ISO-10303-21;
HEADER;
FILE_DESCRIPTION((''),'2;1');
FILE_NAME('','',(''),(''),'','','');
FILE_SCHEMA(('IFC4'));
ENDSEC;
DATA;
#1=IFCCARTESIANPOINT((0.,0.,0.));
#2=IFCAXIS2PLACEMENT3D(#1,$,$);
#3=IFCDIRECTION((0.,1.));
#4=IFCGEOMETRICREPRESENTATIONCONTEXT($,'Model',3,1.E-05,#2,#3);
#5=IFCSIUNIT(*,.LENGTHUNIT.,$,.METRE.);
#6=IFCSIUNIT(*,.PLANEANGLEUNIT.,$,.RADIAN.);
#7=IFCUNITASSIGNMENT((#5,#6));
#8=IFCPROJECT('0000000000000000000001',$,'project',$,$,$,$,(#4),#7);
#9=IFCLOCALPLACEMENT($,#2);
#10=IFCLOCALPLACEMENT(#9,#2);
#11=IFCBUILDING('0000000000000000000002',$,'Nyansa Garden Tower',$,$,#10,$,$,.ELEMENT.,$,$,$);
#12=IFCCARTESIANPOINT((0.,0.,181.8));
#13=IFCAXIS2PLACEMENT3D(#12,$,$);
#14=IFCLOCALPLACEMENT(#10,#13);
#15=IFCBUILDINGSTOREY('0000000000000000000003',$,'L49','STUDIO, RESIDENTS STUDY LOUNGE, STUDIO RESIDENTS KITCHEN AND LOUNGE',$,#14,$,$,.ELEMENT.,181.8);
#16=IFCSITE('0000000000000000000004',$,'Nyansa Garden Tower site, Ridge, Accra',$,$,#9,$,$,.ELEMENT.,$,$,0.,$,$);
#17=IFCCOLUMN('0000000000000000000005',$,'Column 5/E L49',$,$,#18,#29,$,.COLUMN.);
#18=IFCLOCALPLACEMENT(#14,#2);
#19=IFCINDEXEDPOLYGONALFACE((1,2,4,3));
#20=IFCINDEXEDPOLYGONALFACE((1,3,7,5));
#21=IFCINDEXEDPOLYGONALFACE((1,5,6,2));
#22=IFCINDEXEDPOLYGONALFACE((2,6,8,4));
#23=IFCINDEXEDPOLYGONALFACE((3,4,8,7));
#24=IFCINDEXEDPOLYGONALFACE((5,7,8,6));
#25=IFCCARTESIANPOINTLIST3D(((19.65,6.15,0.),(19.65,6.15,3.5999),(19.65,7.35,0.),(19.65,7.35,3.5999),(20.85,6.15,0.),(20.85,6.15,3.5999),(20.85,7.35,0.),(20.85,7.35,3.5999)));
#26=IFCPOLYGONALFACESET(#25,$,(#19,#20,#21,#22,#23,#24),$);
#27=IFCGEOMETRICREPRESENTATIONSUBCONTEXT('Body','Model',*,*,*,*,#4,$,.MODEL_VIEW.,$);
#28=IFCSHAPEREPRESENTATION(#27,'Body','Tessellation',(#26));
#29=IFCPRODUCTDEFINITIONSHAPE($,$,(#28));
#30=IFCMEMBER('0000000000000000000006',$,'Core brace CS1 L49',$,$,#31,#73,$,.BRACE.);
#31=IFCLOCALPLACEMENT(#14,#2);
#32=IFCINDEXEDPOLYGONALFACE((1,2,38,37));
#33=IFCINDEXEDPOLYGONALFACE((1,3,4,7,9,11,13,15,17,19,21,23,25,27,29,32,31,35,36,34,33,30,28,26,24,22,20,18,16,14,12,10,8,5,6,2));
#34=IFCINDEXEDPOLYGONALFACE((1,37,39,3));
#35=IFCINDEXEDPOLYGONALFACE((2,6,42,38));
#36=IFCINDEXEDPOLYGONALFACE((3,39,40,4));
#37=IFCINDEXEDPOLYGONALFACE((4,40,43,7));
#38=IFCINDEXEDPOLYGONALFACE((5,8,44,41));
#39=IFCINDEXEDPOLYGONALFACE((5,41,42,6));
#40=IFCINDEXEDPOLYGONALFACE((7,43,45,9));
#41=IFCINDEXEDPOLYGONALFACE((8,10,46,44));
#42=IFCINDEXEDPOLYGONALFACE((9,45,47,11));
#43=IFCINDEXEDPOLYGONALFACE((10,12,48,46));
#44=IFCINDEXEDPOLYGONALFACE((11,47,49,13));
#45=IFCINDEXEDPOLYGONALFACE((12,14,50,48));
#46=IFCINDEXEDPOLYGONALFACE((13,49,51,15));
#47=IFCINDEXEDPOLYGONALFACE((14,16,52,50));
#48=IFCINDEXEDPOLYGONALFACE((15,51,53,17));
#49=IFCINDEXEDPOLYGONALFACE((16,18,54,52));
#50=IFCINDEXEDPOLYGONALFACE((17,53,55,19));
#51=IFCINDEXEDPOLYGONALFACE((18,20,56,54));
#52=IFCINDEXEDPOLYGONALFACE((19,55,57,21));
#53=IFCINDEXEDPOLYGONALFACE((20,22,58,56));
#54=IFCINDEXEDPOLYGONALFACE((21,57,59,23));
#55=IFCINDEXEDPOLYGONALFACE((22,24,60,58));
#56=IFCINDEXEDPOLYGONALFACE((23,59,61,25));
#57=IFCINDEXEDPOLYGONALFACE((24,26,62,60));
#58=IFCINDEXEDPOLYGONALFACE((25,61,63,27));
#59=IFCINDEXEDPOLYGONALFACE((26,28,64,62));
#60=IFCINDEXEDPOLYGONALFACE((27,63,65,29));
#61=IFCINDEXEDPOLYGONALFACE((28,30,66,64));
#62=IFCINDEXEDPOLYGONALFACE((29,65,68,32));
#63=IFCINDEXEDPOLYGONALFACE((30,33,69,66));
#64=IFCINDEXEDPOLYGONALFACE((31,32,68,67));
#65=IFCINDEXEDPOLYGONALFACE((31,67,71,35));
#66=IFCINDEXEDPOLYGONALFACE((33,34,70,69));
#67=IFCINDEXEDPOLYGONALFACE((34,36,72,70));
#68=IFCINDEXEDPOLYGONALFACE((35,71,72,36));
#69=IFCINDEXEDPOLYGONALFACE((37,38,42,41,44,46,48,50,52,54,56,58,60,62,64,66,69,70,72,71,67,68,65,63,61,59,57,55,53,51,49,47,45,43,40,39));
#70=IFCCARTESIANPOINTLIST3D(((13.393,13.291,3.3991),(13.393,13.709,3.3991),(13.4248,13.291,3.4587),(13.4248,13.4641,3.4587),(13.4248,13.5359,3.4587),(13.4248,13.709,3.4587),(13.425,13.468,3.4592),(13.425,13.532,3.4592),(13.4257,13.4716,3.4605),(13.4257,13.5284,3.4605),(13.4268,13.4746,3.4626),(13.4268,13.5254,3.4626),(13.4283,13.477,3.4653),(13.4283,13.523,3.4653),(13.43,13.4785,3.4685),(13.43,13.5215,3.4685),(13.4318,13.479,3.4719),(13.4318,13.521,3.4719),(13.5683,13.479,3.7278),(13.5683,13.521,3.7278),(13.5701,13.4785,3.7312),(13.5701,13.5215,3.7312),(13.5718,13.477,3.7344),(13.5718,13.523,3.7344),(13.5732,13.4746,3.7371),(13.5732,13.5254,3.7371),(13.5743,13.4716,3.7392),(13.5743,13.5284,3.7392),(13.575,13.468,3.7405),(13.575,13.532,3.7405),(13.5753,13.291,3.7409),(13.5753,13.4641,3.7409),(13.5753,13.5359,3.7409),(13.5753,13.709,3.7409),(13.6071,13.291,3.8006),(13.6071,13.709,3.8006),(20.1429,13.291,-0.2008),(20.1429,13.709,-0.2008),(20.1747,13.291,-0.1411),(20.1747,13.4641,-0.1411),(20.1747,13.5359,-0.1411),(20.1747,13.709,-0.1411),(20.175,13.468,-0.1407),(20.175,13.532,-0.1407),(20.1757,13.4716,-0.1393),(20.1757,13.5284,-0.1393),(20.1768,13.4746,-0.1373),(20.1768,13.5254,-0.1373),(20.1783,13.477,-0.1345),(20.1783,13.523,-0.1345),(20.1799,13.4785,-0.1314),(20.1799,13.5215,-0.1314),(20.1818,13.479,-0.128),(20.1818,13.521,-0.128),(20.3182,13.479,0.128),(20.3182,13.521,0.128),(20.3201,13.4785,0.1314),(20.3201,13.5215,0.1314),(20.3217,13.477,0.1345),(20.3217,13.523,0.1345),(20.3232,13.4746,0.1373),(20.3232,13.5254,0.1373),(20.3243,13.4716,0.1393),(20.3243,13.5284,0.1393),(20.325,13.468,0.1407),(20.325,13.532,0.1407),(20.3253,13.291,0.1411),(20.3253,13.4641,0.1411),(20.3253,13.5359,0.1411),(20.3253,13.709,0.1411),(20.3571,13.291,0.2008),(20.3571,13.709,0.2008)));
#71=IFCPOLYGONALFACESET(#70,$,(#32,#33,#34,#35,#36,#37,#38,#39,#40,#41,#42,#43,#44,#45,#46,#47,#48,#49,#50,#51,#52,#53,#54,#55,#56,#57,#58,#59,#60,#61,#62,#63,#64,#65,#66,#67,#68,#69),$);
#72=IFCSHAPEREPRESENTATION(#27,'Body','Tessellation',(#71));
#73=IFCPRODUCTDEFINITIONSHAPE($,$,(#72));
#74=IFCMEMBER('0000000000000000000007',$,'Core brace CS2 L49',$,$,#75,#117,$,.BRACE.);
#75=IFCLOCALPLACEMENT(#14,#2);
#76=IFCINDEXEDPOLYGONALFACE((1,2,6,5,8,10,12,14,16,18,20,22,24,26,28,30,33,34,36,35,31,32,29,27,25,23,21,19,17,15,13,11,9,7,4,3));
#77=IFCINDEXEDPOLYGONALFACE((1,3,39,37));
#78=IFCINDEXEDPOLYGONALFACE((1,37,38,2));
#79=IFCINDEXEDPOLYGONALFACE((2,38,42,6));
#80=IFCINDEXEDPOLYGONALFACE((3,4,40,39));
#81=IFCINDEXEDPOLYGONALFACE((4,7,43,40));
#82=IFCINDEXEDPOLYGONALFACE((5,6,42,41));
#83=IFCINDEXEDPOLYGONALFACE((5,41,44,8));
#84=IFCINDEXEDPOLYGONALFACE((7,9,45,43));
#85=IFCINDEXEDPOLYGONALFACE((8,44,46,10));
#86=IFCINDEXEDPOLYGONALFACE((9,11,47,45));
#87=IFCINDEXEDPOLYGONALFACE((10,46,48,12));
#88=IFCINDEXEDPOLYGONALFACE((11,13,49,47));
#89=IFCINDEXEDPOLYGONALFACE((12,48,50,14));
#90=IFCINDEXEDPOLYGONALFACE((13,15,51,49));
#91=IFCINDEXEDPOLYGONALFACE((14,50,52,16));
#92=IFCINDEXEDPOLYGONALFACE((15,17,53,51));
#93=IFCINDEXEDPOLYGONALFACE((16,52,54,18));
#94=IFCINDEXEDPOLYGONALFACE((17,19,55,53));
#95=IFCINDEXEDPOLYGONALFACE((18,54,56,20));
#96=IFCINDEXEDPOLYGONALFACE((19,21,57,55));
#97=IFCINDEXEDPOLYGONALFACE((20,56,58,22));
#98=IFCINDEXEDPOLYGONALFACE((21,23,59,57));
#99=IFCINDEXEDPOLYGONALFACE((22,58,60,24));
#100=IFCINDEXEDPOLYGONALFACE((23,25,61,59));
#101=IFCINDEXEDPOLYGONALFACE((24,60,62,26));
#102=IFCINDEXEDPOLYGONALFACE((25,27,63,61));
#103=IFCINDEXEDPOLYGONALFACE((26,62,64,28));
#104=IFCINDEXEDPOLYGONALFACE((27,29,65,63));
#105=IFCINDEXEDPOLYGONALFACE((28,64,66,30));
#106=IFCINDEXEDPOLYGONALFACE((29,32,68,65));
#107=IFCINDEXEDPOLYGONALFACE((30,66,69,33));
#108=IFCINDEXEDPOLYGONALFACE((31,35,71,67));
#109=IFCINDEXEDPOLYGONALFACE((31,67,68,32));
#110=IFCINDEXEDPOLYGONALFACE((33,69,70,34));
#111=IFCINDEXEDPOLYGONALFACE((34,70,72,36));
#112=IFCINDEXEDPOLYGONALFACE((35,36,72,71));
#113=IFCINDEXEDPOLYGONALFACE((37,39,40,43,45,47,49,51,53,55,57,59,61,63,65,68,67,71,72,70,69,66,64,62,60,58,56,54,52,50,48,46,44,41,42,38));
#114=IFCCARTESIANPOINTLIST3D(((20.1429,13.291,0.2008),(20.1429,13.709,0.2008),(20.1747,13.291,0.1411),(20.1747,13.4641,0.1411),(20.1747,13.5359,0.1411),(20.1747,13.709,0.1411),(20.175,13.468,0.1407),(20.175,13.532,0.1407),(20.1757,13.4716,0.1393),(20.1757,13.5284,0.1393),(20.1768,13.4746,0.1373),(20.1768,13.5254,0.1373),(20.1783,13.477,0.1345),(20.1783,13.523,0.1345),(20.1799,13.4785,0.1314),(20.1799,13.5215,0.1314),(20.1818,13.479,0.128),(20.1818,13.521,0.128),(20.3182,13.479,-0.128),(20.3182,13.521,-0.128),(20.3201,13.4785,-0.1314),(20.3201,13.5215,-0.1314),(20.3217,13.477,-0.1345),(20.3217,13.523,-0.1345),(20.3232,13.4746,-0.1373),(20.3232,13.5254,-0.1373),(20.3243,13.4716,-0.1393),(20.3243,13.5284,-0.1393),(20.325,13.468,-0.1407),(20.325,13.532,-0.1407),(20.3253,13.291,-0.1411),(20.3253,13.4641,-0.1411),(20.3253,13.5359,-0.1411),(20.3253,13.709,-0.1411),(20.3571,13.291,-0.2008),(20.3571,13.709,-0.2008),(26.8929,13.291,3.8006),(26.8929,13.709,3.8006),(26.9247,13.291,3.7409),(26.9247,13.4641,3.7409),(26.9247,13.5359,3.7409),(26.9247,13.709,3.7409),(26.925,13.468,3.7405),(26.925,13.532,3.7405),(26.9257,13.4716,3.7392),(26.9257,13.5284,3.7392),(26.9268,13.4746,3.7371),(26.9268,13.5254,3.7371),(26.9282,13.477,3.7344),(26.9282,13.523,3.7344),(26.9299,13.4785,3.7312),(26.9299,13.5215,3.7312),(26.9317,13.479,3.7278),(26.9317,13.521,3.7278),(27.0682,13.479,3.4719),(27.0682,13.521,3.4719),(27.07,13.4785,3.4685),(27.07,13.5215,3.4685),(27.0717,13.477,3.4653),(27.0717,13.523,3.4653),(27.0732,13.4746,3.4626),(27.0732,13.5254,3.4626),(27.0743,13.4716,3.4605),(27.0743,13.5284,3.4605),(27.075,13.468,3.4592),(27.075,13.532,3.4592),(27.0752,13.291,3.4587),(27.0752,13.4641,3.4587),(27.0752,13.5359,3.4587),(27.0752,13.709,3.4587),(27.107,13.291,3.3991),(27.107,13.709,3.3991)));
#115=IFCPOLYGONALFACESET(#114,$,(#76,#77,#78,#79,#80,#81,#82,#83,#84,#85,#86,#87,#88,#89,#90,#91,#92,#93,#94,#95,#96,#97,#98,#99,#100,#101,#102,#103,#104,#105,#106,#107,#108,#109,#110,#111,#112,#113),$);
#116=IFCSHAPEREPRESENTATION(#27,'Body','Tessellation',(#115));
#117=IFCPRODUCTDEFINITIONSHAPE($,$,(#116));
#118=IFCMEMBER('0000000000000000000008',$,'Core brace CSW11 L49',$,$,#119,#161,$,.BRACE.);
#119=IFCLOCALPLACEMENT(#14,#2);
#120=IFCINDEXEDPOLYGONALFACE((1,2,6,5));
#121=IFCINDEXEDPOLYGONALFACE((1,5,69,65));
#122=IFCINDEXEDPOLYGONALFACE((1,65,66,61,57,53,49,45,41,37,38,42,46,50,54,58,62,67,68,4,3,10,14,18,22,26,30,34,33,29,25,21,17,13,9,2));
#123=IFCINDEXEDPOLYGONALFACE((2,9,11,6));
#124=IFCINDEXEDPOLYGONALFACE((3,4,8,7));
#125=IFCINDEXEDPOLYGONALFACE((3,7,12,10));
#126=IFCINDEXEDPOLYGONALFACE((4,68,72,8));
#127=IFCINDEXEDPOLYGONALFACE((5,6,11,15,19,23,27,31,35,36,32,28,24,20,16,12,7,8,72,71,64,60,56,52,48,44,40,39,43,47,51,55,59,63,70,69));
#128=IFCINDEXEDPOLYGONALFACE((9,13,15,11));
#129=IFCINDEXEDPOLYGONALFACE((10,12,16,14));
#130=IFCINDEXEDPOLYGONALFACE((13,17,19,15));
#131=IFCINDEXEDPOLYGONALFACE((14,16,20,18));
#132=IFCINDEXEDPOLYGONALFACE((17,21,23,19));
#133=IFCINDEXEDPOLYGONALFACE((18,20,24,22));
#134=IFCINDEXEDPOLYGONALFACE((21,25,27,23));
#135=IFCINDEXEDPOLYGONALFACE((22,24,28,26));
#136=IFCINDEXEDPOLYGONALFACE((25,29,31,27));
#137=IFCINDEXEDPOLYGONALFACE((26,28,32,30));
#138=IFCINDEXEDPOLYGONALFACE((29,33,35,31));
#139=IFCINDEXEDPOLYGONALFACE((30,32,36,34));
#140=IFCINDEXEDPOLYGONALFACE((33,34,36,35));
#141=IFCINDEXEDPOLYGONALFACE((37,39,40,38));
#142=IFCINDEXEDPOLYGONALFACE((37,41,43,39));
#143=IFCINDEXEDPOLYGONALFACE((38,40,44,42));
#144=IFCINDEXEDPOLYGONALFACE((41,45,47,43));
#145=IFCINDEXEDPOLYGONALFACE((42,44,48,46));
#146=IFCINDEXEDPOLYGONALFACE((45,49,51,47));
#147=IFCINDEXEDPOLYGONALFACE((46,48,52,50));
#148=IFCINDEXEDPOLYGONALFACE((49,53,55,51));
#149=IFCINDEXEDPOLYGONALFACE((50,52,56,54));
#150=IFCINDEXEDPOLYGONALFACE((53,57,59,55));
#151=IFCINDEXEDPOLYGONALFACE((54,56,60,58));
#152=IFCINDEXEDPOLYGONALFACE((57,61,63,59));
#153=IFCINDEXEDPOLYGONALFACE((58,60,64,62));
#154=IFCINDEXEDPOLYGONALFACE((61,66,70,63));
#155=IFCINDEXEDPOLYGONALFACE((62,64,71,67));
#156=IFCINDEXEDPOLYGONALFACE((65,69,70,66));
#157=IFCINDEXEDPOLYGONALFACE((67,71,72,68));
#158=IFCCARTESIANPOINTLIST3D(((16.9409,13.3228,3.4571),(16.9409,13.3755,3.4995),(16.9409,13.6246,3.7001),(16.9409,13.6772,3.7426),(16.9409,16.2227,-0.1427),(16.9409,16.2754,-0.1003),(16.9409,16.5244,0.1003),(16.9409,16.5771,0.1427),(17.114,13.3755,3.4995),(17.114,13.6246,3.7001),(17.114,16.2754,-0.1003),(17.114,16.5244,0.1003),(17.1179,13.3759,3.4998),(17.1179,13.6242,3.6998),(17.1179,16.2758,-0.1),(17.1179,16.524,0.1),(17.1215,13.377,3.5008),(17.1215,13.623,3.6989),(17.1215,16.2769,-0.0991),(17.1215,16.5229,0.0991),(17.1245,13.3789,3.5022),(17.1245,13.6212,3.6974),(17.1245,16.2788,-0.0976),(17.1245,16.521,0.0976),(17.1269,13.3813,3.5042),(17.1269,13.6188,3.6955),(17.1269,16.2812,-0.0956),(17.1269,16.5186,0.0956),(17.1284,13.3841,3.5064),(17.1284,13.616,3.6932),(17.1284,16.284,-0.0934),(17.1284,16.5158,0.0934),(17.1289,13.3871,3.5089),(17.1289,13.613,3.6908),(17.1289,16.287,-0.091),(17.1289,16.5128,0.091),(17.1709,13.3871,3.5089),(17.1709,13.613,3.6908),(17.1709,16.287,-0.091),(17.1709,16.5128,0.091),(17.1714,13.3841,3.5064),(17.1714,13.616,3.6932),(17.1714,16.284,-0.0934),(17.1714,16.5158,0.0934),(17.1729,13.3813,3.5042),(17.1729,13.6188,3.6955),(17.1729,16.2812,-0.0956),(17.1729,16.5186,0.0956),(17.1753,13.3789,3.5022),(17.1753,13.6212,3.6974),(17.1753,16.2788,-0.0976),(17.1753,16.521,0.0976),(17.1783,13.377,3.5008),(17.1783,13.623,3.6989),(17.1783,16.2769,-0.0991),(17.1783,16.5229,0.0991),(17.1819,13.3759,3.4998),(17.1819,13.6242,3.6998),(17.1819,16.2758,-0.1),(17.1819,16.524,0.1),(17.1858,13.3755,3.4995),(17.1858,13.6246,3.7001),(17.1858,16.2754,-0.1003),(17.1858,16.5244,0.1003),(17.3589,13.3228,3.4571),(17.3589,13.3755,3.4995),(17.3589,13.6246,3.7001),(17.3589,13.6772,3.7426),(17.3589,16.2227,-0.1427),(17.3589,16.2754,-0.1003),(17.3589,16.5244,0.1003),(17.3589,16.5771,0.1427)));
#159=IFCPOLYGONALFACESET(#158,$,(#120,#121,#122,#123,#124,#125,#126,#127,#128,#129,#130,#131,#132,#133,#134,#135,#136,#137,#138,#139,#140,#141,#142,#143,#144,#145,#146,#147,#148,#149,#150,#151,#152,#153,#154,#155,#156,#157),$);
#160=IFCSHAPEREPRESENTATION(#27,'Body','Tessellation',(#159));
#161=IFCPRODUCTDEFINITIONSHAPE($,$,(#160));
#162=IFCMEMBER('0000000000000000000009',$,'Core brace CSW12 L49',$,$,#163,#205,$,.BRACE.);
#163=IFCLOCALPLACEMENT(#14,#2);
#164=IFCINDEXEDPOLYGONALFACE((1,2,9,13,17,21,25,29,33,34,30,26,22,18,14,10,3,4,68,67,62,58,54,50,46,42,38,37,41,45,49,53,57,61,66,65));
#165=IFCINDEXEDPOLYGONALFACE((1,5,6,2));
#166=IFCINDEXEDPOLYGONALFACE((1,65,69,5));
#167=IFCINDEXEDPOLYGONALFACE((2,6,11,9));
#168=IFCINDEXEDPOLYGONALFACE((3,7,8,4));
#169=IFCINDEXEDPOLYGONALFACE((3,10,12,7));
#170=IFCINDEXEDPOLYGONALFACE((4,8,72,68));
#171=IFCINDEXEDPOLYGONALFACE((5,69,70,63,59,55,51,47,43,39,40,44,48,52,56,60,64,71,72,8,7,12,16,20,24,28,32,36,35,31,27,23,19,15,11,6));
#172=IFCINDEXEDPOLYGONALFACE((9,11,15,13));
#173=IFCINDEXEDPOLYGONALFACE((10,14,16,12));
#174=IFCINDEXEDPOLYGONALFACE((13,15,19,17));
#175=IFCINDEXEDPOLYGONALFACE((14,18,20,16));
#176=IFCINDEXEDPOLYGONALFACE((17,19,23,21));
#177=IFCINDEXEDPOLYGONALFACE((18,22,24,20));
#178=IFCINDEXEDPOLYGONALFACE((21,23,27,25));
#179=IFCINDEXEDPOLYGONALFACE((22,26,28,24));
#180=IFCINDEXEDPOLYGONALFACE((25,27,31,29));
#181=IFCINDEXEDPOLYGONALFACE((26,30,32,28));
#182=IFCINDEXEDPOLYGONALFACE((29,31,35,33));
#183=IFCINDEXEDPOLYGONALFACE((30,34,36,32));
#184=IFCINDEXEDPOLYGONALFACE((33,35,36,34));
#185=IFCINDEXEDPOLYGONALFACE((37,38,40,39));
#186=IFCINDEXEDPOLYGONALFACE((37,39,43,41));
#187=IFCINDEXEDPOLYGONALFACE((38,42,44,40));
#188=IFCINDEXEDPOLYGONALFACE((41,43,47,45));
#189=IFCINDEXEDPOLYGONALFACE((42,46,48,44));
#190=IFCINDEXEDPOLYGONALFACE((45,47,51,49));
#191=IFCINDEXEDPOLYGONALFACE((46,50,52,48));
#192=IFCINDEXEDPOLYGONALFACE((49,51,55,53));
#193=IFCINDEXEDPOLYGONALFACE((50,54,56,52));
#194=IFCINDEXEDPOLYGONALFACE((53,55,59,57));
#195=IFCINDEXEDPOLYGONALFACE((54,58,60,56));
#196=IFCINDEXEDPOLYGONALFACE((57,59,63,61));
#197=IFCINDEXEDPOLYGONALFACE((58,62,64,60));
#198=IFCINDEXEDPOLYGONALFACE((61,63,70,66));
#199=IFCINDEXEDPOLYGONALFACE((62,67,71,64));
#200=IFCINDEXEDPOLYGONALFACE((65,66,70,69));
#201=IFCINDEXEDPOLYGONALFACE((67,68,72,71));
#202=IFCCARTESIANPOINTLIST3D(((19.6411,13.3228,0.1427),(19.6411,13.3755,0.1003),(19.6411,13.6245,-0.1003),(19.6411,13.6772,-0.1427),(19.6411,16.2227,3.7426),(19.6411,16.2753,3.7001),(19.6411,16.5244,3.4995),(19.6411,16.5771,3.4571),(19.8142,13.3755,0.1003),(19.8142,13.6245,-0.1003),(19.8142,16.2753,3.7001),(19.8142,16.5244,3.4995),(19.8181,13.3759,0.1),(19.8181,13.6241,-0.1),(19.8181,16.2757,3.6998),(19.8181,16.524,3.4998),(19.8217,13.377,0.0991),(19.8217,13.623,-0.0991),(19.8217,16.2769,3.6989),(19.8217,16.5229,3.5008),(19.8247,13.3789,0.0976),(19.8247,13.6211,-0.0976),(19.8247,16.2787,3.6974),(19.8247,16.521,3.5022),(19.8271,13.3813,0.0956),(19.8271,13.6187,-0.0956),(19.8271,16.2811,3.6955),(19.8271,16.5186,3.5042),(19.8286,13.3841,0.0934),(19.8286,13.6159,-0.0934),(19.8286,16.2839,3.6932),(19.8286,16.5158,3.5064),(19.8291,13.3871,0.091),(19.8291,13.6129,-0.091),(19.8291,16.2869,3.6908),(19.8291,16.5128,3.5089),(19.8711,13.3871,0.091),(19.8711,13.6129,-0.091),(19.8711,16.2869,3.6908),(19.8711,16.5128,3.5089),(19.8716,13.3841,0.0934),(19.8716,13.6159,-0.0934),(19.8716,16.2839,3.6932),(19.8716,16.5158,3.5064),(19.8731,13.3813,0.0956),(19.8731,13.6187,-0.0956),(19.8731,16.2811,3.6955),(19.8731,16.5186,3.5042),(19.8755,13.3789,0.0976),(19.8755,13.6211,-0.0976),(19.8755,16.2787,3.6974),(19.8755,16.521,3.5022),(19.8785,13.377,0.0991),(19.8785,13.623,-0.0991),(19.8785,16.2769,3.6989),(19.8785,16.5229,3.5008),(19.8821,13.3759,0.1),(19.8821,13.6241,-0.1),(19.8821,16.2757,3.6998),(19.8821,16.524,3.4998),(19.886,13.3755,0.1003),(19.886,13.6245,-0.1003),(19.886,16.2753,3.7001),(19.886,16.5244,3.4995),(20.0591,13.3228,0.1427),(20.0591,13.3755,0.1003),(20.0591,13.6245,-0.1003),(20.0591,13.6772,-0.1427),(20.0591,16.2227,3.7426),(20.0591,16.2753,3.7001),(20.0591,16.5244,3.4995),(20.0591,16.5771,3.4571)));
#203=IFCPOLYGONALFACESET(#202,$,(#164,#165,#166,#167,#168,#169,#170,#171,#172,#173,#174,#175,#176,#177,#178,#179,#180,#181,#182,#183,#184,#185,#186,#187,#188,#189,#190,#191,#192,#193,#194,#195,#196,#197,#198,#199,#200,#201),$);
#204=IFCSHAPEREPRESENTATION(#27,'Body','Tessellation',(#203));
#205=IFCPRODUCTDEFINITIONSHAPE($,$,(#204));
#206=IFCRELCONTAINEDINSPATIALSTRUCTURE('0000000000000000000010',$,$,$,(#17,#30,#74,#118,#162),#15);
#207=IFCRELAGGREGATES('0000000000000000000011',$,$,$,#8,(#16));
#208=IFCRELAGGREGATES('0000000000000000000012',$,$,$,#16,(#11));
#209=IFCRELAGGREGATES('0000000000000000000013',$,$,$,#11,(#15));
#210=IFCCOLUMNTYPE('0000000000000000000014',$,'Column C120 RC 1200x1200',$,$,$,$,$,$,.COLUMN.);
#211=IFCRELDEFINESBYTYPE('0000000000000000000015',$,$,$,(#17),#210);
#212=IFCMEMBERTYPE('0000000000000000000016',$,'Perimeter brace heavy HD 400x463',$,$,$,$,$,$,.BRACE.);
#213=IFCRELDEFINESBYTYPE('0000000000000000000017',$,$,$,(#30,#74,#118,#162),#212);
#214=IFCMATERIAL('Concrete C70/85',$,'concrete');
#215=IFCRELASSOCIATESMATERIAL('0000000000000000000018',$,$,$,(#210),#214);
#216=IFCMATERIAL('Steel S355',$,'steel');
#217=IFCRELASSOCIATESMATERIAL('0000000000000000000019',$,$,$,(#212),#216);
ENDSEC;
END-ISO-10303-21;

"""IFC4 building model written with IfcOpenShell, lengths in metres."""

from ifc_helpers import new_model, si_unit, direction, frame, origin, origin_2d, place, context, subcontext, project, spatial, rectangle, i_section, extrude, material, material_profile, profile_set, type_object, element, save


model = new_model("IFC4")

# Units and contexts
model_context = context("Model", 3, precision=1e-05, world=origin(), true_north=direction((0.0, 1.0)))
body_context = subcontext(model_context, "Body", "Model", "MODEL_VIEW")
ifc_project = project(units=[si_unit("LENGTHUNIT", "METRE"), si_unit("PLANEANGLEUNIT", "RADIAN")], contexts=[model_context])

# Site, building, storey
site_placement = place(None, origin())
site = spatial("IfcSite", under=ifc_project, at=site_placement, Name="Nyansa Garden Tower site, Ridge, Accra", CompositionType="ELEMENT", RefElevation=0.0)
building_placement = place(site_placement, origin())
building = spatial("IfcBuilding", under=site, at=building_placement, Name="Nyansa Garden Tower", CompositionType="ELEMENT")
storey_placement = place(building_placement, frame((0.0, 0.0, 181.8)))
storey = spatial("IfcBuildingStorey", under=building, at=storey_placement, Name="L49", Description="STUDIO, RESIDENTS STUDY LOUNGE, STUDIO RESIDENTS KITCHEN AND LOUNGE", CompositionType="ELEMENT", Elevation=181.8)

# Column
ifc_material_1 = material(Name="Concrete C70/85", Category="concrete")
ifc_material_profile_1 = material_profile(ifc_material_1, rectangle(XDim=1.2, YDim=1.2, at=origin_2d()), Name="RC 1200x1200")
ifc_profile_set_1 = profile_set([ifc_material_profile_1], Name="Concrete C70/85")
column_type = type_object("IfcColumnType", Name="Column C120 RC 1200x1200", PredefinedType="COLUMN", material=ifc_profile_set_1)
column_placement = place(storey_placement, frame((20.25, 6.75, 0.0), z_axis=(0.0, 0.0, 1.0), x_axis=(1.0, 0.0, 0.0)))
element("IfcColumn", 1, at=column_placement, inside=storey, type_object=column_type, Name="Column 5/E L49", PredefinedType="COLUMN", context=body_context, shape_type="SweptSolid", body=[
    extrude(rectangle(XDim=1.2, YDim=1.2, at=origin_2d()), origin(), (0.0, 0.0, 1.0), 3.5999),
])

# Members
ifc_material_2 = material(Name="Steel S355", Category="steel")
ifc_material_profile_2 = material_profile(ifc_material_2, i_section(OverallWidth=0.418, OverallDepth=0.4551, WebThickness=0.042, FlangeThickness=0.0676, FilletRadius=0.0149, at=origin_2d()), Name="HD 400x463")
ifc_profile_set_2 = profile_set([ifc_material_profile_2], Name="Steel S355")
member_type = type_object("IfcMemberType", Name="Perimeter brace heavy HD 400x463", PredefinedType="BRACE", material=ifc_profile_set_2)
for number, where, z_axis, x_axis, name in (
    (2, (20.25, 13.5, 0.0), (-0.882361, 0.0, 0.470573), (0.0, -1.0, 0.0), "Core brace CS1 L49"),
    (3, (20.25, 13.5, 0.0), (0.882361, 0.0, 0.470573), (0.0, 1.0, 0.0), "Core brace CS2 L49"),
):
    element("IfcMember", number, at=place(storey_placement, frame(where, z_axis=z_axis, x_axis=x_axis)), inside=storey, type_object=member_type, Name=name, PredefinedType="BRACE", context=body_context, shape_type="SweptSolid", body=[
        extrude(i_section(OverallWidth=0.418, OverallDepth=0.4551, WebThickness=0.042, FlangeThickness=0.0676, FilletRadius=0.0149, at=origin_2d()), origin(), (0.0, 0.0, 1.0), 7.6499),
    ])
for number, where, z_axis, x_axis, name in (
    (4, (17.1499, 16.3999, 0.0), (0.0, -0.627332, 0.778752), (1.0, 0.0, 0.0), "Core brace CSW11 L49"),
    (5, (19.8501, 13.5, 0.0), (0.0, 0.627332, 0.778752), (-1.0, 0.0, 0.0), "Core brace CSW12 L49"),
):
    element("IfcMember", number, at=place(storey_placement, frame(where, z_axis=z_axis, x_axis=x_axis)), inside=storey, type_object=member_type, Name=name, PredefinedType="BRACE", context=body_context, shape_type="SweptSolid", body=[
        extrude(i_section(OverallWidth=0.418, OverallDepth=0.4551, WebThickness=0.042, FlangeThickness=0.0676, FilletRadius=0.0149, at=origin_2d()), origin(), (0.0, 0.0, 1.0), 4.6226),
    ])

save(model, "model.ifc")
